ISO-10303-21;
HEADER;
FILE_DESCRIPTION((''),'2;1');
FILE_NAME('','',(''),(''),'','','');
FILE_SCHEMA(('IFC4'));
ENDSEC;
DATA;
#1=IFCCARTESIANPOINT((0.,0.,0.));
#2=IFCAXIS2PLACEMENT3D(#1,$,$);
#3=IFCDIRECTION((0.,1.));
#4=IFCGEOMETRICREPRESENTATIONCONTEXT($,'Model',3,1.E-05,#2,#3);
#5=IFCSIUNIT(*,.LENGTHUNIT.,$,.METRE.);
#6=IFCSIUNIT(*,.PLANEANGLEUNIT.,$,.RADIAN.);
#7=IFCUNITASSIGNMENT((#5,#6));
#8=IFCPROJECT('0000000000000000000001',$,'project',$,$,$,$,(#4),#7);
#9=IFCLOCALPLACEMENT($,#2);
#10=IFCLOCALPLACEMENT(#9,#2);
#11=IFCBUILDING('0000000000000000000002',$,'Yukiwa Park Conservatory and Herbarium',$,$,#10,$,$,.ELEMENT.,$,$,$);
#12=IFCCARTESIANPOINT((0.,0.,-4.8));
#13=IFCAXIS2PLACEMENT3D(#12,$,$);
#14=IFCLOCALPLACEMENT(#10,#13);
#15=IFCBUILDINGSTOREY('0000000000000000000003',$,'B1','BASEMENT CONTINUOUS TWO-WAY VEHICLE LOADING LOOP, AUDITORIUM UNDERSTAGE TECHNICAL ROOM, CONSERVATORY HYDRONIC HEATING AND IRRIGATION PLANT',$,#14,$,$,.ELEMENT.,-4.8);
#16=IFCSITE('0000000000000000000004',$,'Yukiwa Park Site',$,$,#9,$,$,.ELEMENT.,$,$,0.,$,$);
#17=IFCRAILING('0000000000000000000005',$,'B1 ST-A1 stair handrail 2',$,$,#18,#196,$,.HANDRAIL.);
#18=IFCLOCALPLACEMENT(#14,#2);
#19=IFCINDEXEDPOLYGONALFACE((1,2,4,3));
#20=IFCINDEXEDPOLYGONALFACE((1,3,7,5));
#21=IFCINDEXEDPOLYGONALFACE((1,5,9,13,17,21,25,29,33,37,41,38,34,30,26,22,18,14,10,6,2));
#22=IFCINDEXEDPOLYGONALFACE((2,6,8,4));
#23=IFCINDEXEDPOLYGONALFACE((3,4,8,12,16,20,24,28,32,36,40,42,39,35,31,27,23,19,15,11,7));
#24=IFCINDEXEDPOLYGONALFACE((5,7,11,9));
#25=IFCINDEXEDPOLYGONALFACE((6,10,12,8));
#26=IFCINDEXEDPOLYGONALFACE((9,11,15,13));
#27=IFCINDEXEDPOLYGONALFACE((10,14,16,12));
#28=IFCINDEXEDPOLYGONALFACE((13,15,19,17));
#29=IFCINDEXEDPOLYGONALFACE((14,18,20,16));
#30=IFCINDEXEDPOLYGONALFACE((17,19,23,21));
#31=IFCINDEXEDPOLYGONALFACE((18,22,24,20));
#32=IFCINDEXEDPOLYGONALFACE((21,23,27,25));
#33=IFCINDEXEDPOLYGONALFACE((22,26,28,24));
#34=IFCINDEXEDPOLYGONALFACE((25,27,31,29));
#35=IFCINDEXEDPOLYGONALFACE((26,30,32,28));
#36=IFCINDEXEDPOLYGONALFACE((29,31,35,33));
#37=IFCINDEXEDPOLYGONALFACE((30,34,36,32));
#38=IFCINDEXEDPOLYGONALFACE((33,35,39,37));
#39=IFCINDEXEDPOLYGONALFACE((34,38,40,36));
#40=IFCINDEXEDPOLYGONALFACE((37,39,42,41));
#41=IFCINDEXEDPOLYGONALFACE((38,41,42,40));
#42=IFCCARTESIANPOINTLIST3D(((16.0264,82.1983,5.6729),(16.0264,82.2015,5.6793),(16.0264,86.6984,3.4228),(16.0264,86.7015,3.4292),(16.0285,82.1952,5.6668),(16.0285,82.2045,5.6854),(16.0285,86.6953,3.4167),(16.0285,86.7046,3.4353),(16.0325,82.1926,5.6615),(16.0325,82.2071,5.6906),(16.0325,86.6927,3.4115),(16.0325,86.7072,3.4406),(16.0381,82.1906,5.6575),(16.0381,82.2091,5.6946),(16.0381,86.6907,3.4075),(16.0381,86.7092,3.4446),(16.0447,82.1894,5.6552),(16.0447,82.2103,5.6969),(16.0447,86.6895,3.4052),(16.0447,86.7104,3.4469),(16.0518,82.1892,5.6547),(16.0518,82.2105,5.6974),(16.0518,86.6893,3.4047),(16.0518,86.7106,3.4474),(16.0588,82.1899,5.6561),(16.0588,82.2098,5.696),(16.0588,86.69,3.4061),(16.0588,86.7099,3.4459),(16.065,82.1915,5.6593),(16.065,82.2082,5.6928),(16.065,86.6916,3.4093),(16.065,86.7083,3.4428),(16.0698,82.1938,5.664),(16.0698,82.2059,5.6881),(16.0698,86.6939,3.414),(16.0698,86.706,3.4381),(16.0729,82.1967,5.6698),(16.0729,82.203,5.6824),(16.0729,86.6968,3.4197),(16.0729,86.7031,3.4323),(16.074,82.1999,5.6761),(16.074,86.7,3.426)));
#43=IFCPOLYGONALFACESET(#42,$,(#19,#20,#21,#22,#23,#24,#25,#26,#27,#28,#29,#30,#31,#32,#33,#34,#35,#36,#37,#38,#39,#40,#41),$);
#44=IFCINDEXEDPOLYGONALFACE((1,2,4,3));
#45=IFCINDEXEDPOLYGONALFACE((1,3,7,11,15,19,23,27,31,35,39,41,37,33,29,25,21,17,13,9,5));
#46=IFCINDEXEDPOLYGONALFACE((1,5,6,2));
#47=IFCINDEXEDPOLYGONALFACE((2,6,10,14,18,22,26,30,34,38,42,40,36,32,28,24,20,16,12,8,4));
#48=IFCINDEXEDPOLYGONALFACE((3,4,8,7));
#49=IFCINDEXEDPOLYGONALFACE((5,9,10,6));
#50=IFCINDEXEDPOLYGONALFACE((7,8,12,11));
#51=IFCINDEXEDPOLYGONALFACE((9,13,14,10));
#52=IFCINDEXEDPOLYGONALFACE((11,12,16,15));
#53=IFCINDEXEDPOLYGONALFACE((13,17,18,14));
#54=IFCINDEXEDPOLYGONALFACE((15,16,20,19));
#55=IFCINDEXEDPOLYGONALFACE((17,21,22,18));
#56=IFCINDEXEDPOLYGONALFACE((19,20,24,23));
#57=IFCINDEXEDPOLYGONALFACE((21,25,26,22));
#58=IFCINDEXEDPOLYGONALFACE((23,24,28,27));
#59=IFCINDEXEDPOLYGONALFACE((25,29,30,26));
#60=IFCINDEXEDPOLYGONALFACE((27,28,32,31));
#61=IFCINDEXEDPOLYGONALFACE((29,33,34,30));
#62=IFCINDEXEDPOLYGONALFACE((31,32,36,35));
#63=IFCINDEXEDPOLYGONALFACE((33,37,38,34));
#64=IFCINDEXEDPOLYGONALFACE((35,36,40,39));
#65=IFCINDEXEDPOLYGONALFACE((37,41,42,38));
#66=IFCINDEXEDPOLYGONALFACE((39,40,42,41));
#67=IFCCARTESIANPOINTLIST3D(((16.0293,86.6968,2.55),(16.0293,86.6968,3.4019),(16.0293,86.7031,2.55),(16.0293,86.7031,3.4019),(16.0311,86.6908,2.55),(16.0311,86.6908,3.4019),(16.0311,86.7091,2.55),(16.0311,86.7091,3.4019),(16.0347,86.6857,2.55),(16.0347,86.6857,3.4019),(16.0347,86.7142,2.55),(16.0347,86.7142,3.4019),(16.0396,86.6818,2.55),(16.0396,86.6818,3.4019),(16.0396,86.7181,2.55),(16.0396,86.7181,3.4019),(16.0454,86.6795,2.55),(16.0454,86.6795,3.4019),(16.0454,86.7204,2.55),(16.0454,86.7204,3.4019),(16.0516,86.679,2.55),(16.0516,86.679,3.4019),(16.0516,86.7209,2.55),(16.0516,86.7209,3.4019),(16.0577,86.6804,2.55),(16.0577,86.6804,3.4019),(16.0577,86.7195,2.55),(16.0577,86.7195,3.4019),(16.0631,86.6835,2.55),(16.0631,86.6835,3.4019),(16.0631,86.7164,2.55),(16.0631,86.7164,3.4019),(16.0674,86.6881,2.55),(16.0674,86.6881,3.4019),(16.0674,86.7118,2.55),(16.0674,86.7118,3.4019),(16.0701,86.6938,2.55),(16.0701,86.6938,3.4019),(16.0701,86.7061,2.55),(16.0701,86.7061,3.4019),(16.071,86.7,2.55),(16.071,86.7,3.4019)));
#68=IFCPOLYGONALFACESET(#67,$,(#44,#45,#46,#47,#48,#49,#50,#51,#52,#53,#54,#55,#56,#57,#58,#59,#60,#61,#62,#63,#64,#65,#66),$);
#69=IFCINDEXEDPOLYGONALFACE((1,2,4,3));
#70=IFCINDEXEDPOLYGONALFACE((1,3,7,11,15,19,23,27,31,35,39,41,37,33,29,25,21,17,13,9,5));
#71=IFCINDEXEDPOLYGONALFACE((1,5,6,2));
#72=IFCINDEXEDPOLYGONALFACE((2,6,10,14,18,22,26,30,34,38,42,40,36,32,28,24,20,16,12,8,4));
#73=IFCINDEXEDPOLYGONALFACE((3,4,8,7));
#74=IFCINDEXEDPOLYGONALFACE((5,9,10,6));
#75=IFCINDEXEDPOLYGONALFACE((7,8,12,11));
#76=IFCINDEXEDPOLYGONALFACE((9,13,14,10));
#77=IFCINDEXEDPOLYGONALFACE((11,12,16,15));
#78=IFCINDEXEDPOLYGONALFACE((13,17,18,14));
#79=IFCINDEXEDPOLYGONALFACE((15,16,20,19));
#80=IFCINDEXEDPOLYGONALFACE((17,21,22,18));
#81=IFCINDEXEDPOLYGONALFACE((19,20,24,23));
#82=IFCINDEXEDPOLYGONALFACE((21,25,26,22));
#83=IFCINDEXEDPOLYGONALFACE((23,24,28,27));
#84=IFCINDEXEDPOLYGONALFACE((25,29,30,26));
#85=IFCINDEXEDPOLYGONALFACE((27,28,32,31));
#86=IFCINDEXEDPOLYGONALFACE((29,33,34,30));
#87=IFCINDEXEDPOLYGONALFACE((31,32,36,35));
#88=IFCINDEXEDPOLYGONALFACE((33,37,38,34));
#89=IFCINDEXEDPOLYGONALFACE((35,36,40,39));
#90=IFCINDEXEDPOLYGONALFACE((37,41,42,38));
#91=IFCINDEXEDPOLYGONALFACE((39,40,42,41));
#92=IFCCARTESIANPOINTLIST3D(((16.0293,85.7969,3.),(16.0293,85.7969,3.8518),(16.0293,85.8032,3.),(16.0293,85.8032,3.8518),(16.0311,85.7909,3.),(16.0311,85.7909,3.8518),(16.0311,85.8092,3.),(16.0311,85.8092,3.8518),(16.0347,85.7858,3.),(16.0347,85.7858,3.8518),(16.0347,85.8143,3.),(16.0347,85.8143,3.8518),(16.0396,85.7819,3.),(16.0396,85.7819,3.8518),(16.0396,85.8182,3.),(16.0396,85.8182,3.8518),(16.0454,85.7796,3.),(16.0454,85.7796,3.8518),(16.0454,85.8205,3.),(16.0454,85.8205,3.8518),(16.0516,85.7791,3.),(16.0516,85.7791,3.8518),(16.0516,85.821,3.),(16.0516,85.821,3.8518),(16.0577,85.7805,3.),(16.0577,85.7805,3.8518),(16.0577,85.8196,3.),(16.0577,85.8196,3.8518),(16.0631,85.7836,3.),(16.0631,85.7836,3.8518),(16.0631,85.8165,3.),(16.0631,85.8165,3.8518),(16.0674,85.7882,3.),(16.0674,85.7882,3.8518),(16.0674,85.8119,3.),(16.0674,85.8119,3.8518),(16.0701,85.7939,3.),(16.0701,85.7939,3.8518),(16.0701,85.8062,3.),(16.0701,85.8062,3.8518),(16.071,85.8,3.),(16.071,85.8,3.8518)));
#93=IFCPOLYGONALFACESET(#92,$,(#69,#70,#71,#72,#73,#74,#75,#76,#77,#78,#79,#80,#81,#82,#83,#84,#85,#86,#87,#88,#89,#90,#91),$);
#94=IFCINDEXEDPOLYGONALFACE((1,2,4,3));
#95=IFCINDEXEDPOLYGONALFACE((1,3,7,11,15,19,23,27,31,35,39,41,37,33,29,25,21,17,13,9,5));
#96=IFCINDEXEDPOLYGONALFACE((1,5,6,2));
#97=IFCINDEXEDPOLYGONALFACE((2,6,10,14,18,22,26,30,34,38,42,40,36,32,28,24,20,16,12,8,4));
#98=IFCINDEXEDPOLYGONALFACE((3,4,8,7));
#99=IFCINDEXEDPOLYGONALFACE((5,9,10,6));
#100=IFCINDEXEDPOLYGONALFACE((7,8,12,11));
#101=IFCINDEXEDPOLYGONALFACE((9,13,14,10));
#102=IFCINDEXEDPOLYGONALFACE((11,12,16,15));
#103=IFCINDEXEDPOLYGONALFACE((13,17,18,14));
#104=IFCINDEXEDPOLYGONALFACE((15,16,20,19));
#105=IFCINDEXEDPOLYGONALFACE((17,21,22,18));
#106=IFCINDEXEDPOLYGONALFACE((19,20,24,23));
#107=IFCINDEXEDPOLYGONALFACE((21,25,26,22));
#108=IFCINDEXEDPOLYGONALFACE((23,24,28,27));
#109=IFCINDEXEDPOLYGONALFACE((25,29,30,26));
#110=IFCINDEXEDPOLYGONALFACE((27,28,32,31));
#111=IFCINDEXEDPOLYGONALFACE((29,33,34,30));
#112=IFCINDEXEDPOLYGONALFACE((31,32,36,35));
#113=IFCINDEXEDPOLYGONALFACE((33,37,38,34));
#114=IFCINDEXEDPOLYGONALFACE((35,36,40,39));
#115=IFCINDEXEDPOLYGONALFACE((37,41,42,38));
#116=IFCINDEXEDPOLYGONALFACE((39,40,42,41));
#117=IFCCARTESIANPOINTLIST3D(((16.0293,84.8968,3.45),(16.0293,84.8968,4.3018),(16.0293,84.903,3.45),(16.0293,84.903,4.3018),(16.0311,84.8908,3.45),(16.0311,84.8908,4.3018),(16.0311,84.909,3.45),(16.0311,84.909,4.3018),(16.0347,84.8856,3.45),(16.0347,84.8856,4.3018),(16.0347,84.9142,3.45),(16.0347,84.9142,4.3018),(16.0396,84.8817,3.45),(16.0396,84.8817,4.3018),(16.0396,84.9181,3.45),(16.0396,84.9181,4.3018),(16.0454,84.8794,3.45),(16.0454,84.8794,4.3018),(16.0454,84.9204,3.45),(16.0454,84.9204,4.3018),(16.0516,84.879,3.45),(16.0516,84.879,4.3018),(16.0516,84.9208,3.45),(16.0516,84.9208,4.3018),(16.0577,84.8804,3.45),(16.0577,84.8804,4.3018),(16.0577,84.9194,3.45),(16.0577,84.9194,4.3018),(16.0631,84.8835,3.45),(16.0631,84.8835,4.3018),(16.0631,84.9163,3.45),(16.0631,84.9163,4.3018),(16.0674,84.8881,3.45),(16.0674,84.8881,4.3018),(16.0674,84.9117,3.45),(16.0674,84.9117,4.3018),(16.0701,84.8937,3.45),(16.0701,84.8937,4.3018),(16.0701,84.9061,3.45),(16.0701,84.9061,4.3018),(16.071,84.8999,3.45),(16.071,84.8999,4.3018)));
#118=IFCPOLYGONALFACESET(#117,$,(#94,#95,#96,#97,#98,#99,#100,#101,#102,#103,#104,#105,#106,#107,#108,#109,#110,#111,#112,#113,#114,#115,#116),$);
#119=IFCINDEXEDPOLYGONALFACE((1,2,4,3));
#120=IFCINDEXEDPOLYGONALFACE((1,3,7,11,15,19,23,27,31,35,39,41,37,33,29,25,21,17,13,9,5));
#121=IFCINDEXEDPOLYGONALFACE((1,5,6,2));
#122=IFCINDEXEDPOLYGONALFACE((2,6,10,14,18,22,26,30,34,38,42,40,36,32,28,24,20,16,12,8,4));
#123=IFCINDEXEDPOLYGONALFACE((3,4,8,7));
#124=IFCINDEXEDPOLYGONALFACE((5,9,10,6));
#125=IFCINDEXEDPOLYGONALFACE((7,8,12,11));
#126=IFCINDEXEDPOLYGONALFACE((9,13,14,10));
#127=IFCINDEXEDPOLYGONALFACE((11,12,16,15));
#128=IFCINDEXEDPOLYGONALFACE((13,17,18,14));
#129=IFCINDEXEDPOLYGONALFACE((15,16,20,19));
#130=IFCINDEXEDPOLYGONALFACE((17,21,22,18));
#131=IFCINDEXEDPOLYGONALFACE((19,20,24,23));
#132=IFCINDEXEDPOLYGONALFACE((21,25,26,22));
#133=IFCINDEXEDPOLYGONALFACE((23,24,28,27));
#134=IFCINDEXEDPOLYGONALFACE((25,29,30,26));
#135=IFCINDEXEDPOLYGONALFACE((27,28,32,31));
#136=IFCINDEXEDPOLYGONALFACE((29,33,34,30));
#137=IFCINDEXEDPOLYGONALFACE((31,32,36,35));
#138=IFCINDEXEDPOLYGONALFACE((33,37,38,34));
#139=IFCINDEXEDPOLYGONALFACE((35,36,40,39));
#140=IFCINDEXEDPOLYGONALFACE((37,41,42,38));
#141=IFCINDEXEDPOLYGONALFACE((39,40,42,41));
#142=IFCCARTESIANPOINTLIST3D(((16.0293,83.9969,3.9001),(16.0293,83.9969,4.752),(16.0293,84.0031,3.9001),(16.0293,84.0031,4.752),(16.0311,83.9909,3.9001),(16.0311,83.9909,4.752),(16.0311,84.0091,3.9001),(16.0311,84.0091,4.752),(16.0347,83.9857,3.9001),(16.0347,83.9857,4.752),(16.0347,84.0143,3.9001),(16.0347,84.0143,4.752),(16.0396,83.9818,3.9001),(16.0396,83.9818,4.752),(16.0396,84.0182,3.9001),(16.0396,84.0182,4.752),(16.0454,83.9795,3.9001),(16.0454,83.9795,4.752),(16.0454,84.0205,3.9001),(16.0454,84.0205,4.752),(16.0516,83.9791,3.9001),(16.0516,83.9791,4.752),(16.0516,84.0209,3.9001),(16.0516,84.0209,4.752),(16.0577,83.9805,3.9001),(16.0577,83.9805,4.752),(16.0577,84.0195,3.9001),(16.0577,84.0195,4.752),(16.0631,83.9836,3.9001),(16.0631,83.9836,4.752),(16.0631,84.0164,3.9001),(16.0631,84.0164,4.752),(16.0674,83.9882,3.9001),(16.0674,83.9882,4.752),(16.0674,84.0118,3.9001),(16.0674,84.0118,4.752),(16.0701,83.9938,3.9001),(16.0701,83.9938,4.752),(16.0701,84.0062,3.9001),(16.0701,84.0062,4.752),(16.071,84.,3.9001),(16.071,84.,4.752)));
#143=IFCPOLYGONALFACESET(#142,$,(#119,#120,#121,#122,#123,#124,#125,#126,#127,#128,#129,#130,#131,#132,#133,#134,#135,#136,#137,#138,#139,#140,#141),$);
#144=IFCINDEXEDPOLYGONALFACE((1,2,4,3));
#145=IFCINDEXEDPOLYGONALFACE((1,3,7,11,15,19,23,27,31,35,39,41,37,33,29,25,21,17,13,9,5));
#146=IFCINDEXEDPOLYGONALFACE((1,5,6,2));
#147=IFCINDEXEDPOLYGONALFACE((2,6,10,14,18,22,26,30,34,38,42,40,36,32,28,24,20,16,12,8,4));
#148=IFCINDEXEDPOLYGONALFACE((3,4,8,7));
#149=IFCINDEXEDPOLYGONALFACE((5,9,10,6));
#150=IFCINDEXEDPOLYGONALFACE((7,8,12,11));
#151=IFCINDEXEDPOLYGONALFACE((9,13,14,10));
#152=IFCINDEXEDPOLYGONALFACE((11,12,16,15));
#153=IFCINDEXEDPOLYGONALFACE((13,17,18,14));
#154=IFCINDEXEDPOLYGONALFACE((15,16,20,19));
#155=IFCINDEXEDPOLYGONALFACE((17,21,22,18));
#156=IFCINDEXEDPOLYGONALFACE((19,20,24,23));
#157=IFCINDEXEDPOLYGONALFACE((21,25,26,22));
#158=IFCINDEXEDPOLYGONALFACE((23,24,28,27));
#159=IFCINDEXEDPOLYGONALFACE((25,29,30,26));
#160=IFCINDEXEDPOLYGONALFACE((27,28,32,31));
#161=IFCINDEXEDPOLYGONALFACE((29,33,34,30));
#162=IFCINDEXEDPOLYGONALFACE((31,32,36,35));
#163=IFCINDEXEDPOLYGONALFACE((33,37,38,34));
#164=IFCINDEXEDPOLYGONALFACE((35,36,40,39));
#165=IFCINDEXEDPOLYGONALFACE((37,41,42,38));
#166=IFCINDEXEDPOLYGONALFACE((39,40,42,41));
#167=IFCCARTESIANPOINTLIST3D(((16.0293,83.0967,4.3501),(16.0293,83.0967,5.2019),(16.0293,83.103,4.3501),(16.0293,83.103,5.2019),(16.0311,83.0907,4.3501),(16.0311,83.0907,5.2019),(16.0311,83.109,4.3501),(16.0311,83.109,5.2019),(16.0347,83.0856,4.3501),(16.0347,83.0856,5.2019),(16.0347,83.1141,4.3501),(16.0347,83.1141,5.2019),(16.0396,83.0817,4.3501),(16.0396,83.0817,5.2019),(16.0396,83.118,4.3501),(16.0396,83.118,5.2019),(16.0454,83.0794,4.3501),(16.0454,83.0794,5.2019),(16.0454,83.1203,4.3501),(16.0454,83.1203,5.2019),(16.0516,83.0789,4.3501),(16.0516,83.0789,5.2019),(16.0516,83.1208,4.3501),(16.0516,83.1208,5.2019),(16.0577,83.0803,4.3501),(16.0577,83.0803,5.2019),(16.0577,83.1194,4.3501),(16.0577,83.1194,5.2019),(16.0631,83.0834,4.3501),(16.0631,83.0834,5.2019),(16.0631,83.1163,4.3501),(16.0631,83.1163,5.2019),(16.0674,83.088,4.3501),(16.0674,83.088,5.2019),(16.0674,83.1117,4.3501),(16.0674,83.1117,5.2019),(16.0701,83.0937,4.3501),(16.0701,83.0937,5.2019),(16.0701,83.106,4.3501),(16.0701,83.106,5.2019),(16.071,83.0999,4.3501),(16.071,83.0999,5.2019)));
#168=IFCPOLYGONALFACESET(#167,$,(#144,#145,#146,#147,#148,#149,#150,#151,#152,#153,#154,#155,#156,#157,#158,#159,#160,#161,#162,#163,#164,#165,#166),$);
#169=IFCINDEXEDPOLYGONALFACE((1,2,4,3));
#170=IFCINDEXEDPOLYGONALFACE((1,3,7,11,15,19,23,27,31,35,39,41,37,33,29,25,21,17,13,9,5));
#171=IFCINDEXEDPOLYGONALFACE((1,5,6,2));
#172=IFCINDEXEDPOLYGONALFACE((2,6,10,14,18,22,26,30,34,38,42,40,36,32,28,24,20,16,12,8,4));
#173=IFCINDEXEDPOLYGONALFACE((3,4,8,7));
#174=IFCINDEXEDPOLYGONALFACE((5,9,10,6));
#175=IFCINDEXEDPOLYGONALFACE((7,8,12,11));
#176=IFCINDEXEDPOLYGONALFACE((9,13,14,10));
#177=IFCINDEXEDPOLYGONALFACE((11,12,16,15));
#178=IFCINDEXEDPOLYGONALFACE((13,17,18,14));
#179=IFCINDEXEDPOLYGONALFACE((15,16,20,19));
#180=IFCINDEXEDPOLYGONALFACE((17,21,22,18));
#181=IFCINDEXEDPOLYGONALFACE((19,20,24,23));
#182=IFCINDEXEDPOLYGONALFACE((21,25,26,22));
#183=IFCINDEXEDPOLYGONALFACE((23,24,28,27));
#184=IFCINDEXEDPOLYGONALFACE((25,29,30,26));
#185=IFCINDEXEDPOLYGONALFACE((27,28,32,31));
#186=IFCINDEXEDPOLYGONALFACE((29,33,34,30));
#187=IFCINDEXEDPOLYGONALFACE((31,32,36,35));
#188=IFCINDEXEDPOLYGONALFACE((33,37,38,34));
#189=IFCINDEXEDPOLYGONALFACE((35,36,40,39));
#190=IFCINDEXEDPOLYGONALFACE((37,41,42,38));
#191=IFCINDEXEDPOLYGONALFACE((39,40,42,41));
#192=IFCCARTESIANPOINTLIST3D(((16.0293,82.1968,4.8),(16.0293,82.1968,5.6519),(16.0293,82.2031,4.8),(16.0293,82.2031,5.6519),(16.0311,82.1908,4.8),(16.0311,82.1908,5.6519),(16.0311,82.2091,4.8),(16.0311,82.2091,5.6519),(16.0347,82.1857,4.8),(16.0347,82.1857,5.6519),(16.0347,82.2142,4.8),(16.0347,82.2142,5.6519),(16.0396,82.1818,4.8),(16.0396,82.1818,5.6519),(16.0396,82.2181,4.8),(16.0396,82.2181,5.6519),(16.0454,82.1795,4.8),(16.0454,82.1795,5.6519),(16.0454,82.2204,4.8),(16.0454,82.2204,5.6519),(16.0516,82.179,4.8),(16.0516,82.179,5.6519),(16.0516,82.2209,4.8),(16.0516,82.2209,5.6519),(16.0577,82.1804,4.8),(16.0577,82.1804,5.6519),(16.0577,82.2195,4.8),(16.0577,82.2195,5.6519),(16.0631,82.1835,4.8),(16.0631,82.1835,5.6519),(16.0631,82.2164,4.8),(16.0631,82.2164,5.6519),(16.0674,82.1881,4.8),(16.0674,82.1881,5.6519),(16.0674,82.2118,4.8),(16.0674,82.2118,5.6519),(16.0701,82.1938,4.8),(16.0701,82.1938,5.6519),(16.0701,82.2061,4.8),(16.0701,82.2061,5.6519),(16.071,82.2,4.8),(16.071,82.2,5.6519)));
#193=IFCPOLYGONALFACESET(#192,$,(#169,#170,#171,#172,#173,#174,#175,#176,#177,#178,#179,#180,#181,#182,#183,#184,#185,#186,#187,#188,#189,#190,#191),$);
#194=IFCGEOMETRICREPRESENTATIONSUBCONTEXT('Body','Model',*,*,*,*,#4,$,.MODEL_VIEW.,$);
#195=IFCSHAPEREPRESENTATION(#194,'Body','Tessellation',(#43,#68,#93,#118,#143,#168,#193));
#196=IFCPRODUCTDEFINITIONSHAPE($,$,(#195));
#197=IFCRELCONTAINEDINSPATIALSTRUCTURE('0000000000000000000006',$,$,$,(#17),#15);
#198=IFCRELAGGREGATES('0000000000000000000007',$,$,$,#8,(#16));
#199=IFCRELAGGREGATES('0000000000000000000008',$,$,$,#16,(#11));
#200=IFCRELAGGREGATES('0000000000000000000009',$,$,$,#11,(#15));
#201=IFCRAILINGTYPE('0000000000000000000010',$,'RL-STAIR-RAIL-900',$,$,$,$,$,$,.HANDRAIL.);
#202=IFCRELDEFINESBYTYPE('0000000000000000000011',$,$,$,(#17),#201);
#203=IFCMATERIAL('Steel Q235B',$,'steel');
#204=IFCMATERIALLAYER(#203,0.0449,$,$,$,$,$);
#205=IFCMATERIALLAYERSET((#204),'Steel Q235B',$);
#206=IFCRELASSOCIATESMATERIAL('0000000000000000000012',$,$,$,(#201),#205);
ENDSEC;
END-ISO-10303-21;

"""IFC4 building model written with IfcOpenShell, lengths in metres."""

from ifc_helpers import new_model, si_unit, direction, frame, origin, origin_2d, place, context, subcontext, project, spatial, circle, extrude, material, layer, layer_set, type_object, element, save


model = new_model("IFC4")

# Units and contexts
model_context = context("Model", 3, precision=1e-05, world=origin(), true_north=direction((0.0, 1.0)))
body_context = subcontext(model_context, "Body", "Model", "MODEL_VIEW")
ifc_project = project(units=[si_unit("LENGTHUNIT", "METRE"), si_unit("PLANEANGLEUNIT", "RADIAN")], contexts=[model_context])

# Site, building, storey
site_placement = place(None, origin())
site = spatial("IfcSite", under=ifc_project, at=site_placement, Name="Yukiwa Park Site", CompositionType="ELEMENT", RefElevation=0.0)
building_placement = place(site_placement, origin())
building = spatial("IfcBuilding", under=site, at=building_placement, Name="Yukiwa Park Conservatory and Herbarium", CompositionType="ELEMENT")
storey_placement = place(building_placement, frame((0.0, 0.0, -4.8)))
storey = spatial("IfcBuildingStorey", under=building, at=storey_placement, Name="B1", Description="BASEMENT CONTINUOUS TWO-WAY VEHICLE LOADING LOOP, AUDITORIUM UNDERSTAGE TECHNICAL ROOM, CONSERVATORY HYDRONIC HEATING AND IRRIGATION PLANT", CompositionType="ELEMENT", Elevation=-4.8)

# Railing
ifc_material_1 = material(Name="Steel Q235B", Category="steel")
ifc_layer_1 = layer(ifc_material_1, 0.0449)
ifc_layer_set_1 = layer_set([ifc_layer_1], Name="Steel Q235B")
railing_type_1 = type_object("IfcRailingType", Name="RL-STAIR-RAIL-900", PredefinedType="HANDRAIL", material=ifc_layer_set_1)
railing_1_placement = place(storey_placement, frame((16.05, 86.7, 2.55)))
element("IfcRailing", 1, at=railing_1_placement, inside=storey, type_object=railing_type_1, Name="B1 ST-A1 stair handrail 2", PredefinedType="HANDRAIL", context=body_context, shape_type="SweptSolid", body=[
    extrude(circle(Radius=0.0239, at=origin_2d()), frame((0.0, 0.0, 0.876), z_axis=(0.0, -0.894427, 0.447214), x_axis=(1.0, 0.0, 0.0)), (0.0, 0.0, 1.0), 5.0312),
    extrude(circle(Radius=0.021, at=origin_2d()), origin(), (0.0, 0.0, 1.0), 0.8518),
    extrude(circle(Radius=0.021, at=origin_2d()), frame((0.0, -0.8999, 0.45)), (0.0, 0.0, 1.0), 0.8518),
    extrude(circle(Radius=0.021, at=origin_2d()), frame((0.0, -1.8, 0.8999)), (0.0, 0.0, 1.0), 0.8518),
    extrude(circle(Radius=0.021, at=origin_2d()), frame((0.0, -2.7, 1.3501)), (0.0, 0.0, 1.0), 0.8518),
    extrude(circle(Radius=0.021, at=origin_2d()), frame((0.0, -3.6001, 1.8)), (0.0, 0.0, 1.0), 0.8518),
    extrude(circle(Radius=0.021, at=origin_2d()), frame((0.0, -4.5, 2.25)), (0.0, 0.0, 1.0), 0.8518),
])

save(model, "model.ifc")
